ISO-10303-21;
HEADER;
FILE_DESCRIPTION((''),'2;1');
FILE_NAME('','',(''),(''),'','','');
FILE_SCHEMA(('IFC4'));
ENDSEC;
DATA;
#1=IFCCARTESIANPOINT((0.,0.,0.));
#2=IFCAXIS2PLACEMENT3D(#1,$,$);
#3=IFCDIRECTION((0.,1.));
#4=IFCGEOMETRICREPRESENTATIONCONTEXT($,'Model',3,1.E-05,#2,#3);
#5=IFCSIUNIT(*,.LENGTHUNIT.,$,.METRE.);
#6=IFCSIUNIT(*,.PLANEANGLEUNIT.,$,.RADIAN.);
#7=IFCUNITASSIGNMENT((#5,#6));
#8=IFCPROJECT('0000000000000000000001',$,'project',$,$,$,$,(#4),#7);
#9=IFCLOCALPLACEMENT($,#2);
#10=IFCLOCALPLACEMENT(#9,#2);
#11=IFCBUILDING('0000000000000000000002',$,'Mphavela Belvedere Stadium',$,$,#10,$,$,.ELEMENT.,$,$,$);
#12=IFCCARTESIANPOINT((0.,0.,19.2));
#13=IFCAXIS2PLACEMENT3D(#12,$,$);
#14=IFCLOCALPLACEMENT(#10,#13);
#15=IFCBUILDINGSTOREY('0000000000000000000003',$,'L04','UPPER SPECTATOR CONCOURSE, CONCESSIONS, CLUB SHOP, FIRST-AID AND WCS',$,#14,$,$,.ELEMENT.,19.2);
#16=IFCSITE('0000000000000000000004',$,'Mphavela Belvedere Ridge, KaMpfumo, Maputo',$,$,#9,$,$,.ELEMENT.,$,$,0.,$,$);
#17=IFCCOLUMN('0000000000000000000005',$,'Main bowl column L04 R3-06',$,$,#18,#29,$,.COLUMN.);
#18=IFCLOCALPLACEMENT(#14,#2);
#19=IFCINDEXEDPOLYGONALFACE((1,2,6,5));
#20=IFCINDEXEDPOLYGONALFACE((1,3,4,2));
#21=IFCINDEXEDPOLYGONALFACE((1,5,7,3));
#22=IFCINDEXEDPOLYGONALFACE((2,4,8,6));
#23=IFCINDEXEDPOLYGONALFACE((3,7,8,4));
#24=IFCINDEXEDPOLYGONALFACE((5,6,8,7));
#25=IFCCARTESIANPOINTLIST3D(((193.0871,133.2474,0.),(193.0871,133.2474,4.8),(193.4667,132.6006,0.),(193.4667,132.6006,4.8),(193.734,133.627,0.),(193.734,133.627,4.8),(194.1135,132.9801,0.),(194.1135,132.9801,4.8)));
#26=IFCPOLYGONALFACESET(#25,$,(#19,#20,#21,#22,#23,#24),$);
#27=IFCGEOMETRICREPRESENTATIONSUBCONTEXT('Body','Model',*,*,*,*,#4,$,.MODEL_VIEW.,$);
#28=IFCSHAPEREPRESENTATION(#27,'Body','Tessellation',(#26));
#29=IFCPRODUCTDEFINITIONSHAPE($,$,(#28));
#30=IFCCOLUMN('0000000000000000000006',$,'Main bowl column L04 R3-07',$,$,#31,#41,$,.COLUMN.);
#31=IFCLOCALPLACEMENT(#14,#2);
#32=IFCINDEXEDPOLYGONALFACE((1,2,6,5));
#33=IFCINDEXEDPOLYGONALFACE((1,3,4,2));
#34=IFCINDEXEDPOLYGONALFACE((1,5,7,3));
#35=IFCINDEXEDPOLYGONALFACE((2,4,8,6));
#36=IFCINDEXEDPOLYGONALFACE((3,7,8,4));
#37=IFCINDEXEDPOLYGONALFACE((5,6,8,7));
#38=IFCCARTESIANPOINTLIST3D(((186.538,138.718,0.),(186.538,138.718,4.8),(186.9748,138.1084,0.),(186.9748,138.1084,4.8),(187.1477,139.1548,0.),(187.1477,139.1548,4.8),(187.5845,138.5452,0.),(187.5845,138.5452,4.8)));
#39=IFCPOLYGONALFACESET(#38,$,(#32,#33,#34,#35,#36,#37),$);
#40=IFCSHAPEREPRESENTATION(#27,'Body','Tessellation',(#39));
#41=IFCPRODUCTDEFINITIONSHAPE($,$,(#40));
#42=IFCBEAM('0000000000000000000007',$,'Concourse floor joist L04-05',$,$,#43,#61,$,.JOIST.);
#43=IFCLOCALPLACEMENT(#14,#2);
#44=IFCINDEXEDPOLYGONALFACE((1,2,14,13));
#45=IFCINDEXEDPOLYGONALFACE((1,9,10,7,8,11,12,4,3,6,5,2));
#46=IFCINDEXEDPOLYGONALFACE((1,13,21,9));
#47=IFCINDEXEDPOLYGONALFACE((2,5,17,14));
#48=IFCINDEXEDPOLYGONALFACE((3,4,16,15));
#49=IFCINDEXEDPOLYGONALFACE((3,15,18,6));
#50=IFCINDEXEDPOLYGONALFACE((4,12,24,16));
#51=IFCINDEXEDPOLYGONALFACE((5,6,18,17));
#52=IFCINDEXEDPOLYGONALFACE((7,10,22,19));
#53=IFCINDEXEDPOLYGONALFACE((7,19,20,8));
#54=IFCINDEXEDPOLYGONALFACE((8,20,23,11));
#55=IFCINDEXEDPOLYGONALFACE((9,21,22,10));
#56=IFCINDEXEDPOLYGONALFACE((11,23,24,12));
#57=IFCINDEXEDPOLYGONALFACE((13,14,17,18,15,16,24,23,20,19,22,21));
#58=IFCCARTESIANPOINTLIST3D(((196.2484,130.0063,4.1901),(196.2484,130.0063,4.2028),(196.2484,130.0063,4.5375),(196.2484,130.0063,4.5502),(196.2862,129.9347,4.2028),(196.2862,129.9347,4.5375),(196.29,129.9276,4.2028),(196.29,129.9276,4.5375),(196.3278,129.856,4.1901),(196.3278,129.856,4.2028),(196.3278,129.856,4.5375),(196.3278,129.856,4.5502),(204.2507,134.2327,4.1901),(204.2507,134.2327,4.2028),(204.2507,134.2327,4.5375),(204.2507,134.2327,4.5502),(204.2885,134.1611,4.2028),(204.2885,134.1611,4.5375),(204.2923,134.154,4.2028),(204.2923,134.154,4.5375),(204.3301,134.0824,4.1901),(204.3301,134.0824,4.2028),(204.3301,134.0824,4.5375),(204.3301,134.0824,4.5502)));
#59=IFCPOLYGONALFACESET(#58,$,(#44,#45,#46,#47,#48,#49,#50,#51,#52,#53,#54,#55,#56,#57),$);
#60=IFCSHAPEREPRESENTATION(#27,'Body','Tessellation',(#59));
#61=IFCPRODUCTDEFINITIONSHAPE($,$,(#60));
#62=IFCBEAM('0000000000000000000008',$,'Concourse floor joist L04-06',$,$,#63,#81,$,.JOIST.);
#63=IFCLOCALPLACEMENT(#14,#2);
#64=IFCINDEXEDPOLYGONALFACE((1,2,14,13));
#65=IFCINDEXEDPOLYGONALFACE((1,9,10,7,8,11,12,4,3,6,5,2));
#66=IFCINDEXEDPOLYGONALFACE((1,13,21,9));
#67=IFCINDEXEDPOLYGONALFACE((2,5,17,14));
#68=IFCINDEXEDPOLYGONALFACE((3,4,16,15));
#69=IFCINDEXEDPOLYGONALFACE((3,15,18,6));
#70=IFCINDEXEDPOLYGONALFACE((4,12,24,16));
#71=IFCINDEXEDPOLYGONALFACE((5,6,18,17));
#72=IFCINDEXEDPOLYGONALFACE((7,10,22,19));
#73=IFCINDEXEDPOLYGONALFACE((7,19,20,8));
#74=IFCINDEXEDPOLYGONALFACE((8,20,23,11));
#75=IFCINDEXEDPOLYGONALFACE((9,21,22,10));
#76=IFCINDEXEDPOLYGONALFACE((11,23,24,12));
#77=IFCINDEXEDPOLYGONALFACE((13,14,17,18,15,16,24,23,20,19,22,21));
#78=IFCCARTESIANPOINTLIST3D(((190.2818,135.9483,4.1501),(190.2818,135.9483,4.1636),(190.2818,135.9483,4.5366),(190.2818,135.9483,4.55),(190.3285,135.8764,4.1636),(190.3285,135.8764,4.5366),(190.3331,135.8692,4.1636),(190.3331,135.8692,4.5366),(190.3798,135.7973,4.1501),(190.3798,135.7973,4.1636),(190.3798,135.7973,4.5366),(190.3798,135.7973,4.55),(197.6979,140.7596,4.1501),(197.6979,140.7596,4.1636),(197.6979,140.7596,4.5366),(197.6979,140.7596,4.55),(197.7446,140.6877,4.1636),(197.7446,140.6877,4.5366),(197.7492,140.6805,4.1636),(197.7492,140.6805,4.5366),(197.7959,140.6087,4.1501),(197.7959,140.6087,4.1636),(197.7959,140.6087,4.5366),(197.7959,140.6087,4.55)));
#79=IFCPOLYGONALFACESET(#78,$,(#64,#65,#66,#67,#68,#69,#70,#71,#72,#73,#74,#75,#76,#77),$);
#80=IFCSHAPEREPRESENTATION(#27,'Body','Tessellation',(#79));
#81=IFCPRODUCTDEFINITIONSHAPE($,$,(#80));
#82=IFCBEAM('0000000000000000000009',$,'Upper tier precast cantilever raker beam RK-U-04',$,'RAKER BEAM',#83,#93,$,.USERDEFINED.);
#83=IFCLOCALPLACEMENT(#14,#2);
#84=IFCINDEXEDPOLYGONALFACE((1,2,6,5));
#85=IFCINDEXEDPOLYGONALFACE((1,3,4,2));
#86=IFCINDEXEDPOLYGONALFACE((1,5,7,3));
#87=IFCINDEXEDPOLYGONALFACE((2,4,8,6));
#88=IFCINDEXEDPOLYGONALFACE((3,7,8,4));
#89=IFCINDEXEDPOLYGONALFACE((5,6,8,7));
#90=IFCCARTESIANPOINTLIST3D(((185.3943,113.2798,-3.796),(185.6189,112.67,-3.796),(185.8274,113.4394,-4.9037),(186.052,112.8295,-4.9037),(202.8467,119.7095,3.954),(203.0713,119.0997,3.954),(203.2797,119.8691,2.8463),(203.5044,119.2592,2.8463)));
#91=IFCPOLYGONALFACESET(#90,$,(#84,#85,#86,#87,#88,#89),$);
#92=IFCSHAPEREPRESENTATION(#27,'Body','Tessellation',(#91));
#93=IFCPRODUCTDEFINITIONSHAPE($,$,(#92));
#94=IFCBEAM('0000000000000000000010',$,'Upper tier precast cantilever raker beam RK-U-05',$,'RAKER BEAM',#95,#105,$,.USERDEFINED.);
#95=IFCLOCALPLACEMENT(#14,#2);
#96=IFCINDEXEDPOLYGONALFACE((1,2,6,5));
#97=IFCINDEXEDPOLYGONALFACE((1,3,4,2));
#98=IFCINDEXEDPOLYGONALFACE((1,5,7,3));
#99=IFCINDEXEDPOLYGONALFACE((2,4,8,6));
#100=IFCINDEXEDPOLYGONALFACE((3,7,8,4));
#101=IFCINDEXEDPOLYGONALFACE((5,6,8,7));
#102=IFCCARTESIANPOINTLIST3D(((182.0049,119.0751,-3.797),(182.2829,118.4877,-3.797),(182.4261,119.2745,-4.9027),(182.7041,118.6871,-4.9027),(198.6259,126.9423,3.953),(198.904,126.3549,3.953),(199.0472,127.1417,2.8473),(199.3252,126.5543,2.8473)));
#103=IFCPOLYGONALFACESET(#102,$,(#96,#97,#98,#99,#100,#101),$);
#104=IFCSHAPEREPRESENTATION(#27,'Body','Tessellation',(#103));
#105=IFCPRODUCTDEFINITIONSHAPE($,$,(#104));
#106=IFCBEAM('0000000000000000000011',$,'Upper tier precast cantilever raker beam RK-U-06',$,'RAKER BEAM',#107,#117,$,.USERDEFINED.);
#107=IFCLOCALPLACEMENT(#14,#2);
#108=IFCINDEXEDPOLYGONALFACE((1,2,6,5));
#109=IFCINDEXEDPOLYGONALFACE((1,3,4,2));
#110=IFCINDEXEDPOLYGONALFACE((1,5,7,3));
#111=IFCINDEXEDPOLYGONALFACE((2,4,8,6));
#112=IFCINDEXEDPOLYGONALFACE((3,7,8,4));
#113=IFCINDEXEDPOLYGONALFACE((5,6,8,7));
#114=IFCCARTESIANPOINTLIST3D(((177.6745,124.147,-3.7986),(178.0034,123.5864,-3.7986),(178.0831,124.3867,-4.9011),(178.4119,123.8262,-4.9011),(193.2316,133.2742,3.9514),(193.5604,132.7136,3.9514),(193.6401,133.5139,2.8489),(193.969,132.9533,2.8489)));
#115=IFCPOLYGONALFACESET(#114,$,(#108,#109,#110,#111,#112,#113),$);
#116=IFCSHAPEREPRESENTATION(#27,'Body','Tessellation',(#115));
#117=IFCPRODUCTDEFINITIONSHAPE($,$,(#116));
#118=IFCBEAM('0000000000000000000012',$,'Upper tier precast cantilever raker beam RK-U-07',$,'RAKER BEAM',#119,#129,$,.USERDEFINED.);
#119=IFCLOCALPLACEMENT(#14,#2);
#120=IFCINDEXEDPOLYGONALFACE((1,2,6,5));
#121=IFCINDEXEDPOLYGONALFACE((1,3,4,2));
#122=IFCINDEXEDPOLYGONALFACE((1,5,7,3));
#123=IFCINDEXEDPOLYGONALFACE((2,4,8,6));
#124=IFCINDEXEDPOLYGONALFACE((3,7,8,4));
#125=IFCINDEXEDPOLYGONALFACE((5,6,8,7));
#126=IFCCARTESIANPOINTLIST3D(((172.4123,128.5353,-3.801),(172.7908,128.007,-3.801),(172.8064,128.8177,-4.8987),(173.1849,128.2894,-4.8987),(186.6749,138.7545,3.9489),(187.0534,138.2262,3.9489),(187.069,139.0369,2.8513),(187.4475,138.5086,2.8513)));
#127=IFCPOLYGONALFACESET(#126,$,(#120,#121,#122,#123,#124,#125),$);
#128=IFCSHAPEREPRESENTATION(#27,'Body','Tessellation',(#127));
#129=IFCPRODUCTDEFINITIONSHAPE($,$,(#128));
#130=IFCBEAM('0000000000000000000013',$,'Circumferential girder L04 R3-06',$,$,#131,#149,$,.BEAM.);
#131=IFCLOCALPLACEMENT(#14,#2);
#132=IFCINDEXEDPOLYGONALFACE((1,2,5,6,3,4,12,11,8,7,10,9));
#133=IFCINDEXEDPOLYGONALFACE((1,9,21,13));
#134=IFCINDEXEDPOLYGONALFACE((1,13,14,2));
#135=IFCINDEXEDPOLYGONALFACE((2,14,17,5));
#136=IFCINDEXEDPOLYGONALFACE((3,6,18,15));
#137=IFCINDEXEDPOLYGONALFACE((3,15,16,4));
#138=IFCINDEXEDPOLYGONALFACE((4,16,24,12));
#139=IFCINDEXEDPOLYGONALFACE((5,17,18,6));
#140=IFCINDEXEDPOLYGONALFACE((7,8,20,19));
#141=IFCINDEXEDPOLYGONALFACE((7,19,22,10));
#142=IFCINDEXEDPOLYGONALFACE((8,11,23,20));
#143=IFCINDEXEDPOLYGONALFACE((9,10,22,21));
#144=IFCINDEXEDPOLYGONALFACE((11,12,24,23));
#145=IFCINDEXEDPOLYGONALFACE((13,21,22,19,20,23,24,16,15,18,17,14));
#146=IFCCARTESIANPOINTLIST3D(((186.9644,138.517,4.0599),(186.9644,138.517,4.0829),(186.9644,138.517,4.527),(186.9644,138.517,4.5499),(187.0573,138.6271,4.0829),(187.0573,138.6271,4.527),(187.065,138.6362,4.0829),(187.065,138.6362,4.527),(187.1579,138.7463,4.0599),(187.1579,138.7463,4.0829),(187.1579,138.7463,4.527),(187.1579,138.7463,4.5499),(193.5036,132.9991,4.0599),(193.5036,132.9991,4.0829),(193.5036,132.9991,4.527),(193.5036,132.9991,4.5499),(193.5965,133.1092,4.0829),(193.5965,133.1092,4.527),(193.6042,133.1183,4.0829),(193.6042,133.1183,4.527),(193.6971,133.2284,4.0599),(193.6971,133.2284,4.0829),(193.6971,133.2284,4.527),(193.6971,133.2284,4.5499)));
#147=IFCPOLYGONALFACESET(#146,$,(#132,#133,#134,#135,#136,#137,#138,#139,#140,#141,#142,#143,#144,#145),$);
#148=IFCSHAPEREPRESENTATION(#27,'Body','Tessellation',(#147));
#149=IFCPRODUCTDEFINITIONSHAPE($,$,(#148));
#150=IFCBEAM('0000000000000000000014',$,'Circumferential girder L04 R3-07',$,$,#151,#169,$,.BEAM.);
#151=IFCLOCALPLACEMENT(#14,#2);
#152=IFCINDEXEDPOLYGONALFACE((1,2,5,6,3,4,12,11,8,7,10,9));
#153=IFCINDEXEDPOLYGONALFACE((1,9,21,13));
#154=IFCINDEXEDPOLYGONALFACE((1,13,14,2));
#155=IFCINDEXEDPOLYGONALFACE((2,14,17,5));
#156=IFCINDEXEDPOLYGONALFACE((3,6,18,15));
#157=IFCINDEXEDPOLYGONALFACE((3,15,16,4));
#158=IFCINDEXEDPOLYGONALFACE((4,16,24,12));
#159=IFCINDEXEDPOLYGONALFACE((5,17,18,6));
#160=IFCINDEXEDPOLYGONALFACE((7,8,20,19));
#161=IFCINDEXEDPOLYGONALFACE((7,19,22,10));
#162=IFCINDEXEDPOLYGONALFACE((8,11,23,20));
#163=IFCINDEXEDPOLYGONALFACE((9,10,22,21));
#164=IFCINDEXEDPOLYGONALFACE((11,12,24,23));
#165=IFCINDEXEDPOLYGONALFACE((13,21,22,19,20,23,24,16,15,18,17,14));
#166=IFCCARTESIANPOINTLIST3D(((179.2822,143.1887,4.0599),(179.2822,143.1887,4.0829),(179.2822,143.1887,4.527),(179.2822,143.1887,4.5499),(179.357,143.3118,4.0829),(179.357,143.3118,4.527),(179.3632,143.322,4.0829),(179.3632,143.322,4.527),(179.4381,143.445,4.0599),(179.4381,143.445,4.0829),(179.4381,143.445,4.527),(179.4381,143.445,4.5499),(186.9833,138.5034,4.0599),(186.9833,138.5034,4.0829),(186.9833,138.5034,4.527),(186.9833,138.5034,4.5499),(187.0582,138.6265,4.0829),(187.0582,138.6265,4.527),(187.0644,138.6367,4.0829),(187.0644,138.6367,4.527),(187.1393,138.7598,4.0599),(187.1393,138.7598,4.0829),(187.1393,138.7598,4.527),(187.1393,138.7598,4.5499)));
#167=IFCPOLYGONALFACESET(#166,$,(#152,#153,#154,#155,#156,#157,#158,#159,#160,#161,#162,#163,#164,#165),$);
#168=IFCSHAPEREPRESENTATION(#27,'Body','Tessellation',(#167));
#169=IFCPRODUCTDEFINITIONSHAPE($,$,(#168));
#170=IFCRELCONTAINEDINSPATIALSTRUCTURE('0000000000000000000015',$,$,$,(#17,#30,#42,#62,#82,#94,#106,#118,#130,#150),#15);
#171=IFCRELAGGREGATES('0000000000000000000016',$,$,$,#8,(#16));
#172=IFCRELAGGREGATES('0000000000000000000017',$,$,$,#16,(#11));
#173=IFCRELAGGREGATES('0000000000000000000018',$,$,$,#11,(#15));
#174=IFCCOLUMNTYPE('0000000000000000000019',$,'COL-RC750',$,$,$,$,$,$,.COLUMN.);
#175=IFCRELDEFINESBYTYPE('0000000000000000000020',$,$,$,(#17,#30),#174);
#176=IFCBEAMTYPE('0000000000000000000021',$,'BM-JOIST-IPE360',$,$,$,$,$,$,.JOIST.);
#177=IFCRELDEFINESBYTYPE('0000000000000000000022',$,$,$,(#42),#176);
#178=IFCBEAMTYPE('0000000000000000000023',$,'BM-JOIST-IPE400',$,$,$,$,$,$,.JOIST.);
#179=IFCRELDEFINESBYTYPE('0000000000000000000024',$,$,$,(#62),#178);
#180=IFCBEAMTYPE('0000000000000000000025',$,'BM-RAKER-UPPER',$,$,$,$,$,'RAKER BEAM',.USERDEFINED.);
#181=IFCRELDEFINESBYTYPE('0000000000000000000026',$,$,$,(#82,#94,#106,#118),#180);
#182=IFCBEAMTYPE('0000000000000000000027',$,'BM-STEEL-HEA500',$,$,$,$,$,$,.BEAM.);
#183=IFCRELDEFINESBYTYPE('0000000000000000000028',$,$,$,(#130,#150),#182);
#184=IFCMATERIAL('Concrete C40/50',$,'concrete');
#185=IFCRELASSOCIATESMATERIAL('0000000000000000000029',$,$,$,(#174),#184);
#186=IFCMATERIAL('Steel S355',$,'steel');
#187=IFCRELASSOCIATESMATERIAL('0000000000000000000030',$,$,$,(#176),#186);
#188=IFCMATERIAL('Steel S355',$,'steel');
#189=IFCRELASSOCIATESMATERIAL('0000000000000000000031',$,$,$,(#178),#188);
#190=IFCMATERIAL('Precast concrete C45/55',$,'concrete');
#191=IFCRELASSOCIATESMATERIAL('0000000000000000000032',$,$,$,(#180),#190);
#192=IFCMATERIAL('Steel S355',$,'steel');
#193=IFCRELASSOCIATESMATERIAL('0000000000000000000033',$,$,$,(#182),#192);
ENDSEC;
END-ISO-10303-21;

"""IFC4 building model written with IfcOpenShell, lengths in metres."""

from ifc_helpers import new_model, si_unit, direction, frame, origin, origin_2d, place, context, subcontext, project, spatial, rectangle, i_section, extrude, material, material_profile, profile_set, type_object, element, save


model = new_model("IFC4")

# Units and contexts
model_context = context("Model", 3, precision=1e-05, world=origin(), true_north=direction((0.0, 1.0)))
body_context = subcontext(model_context, "Body", "Model", "MODEL_VIEW")
ifc_project = project(units=[si_unit("LENGTHUNIT", "METRE"), si_unit("PLANEANGLEUNIT", "RADIAN")], contexts=[model_context])

# Site, building, storey
site_placement = place(None, origin())
site = spatial("IfcSite", under=ifc_project, at=site_placement, Name="Mphavela Belvedere Ridge, KaMpfumo, Maputo", CompositionType="ELEMENT", RefElevation=0.0)
building_placement = place(site_placement, origin())
building = spatial("IfcBuilding", under=site, at=building_placement, Name="Mphavela Belvedere Stadium", CompositionType="ELEMENT")
storey_placement = place(building_placement, frame((0.0, 0.0, 19.2)))
storey = spatial("IfcBuildingStorey", under=building, at=storey_placement, Name="L04", Description="UPPER SPECTATOR CONCOURSE, CONCESSIONS, CLUB SHOP, FIRST-AID AND WCS", CompositionType="ELEMENT", Elevation=19.2)

# Columns
ifc_material_1 = material(Name="Concrete C40/50", Category="concrete")
ifc_material_profile_1 = material_profile(ifc_material_1, rectangle(XDim=0.75, YDim=0.75, at=origin_2d()), Name="RC 750x750")
ifc_profile_set_1 = profile_set([ifc_material_profile_1], Name="Concrete C40/50")
column_type = type_object("IfcColumnType", Name="COL-RC750", PredefinedType="COLUMN", material=ifc_profile_set_1)
for number, where, z_axis, x_axis, name in (
    (1, (193.6003, 133.1138, 0.0), (0.0, 0.0, 1.0), (0.862514, 0.506034, 0.0), "Main bowl column L04 R3-06"),
    (2, (187.0613, 138.6316, 0.0), (0.0, 0.0, 1.0), (0.812898, 0.582407, 0.0), "Main bowl column L04 R3-07"),
):
    element("IfcColumn", number, at=place(storey_placement, frame(where, z_axis=z_axis, x_axis=x_axis)), inside=storey, type_object=column_type, Name=name, PredefinedType="COLUMN", context=body_context, shape_type="SweptSolid", body=[
        extrude(rectangle(XDim=0.75, YDim=0.75, at=origin_2d()), origin(), (0.0, 0.0, 1.0), 4.8),
    ])

# Beams
ifc_material_2 = material(Name="Steel S355", Category="steel")
ifc_material_profile_2 = material_profile(ifc_material_2, i_section(OverallWidth=0.1699, OverallDepth=0.3601, WebThickness=0.0081, FlangeThickness=0.0127, at=origin_2d()), Name="IPE 360")
ifc_profile_set_2 = profile_set([ifc_material_profile_2], Name="Steel S355")
beam_type_1 = type_object("IfcBeamType", Name="BM-JOIST-IPE360", PredefinedType="JOIST", material=ifc_profile_set_2)
beam_1_placement = place(storey_placement, frame((196.2881, 129.9312, 4.3701), z_axis=(0.884251, 0.467012, 0.0), x_axis=(-0.467012, 0.884251, 0.0)))
element("IfcBeam", 3, at=beam_1_placement, inside=storey, type_object=beam_type_1, Name="Concourse floor joist L04-05", PredefinedType="JOIST", context=body_context, shape_type="SweptSolid", body=[
    extrude(i_section(OverallWidth=0.1699, OverallDepth=0.3601, WebThickness=0.0081, FlangeThickness=0.0127, at=origin_2d()), origin(), (0.0, 0.0, 1.0), 9.0498),
])
ifc_material_3 = material(Name="Steel S355", Category="steel")
ifc_material_profile_3 = material_profile(ifc_material_3, i_section(OverallWidth=0.1799, OverallDepth=0.3999, WebThickness=0.0085, FlangeThickness=0.0134, at=origin_2d()), Name="IPE 400")
ifc_profile_set_3 = profile_set([ifc_material_profile_3], Name="Steel S355")
beam_type_2 = type_object("IfcBeamType", Name="BM-JOIST-IPE400", PredefinedType="JOIST", material=ifc_profile_set_3)
beam_2_placement = place(storey_placement, frame((190.3308, 135.8728, 4.3501), z_axis=(0.838915, 0.544262, 0.0), x_axis=(-0.544262, 0.838915, 0.0)))
element("IfcBeam", 4, at=beam_2_placement, inside=storey, type_object=beam_type_2, Name="Concourse floor joist L04-06", PredefinedType="JOIST", context=body_context, shape_type="SweptSolid", body=[
    extrude(i_section(OverallWidth=0.1799, OverallDepth=0.3999, WebThickness=0.0085, FlangeThickness=0.0134, at=origin_2d()), origin(), (0.0, 0.0, 1.0), 8.8401),
])
ifc_material_4 = material(Name="Precast concrete C45/55", Category="concrete")
ifc_material_profile_4 = material_profile(ifc_material_4, rectangle(XDim=0.6499, YDim=1.2, at=origin_2d()), Name="PC 650x1200")
ifc_profile_set_4 = profile_set([ifc_material_profile_4], Name="Precast concrete C45/55")
beam_type_3 = type_object("IfcBeamType", Name="BM-RAKER-UPPER", ElementType="RAKER BEAM", PredefinedType="USERDEFINED", material=ifc_profile_set_4)
beam_3_placement = place(storey_placement, frame((185.7231, 113.0547, -4.3499), z_axis=(0.866159, 0.319104, 0.384631), x_axis=(-0.345699, 0.938346, 0.0)))
element("IfcBeam", 5, at=beam_3_placement, inside=storey, type_object=beam_type_3, Name="Upper tier precast cantilever raker beam RK-U-04", ObjectType="RAKER BEAM", PredefinedType="USERDEFINED", context=body_context, shape_type="SweptSolid", body=[
    extrude(rectangle(XDim=0.6499, YDim=1.2, at=origin_2d()), origin(), (0.0, 0.0, 1.0), 20.1492),
])
beam_4_placement = place(storey_placement, frame((182.3545, 118.8811, -4.3499), z_axis=(0.832914, 0.39424, 0.388367), x_axis=(-0.427822, 0.903863, 0.0)))
element("IfcBeam", 6, at=beam_4_placement, inside=storey, type_object=beam_type_3, Name="Upper tier precast cantilever raker beam RK-U-05", ObjectType="RAKER BEAM", PredefinedType="USERDEFINED", context=body_context, shape_type="SweptSolid", body=[
    extrude(rectangle(XDim=0.6499, YDim=1.2, at=origin_2d()), origin(), (0.0, 0.0, 1.0), 19.9553),
])
beam_5_placement = place(storey_placement, frame((178.0432, 123.9866, -4.3499), z_axis=(0.792461, 0.464928, 0.394775), x_axis=(-0.506029, 0.862516, 0.0)))
element("IfcBeam", 7, at=beam_5_placement, inside=storey, type_object=beam_type_3, Name="Upper tier precast cantilever raker beam RK-U-06", ObjectType="RAKER BEAM", PredefinedType="USERDEFINED", context=body_context, shape_type="SweptSolid", body=[
    extrude(rectangle(XDim=0.6499, YDim=1.2, at=origin_2d()), origin(), (0.0, 0.0, 1.0), 19.6313),
])
beam_6_placement = place(storey_placement, frame((172.7986, 128.4124, -4.3499), z_axis=(0.743575, 0.532773, 0.404041), x_axis=(-0.58243, 0.812881, 0.0)))
element("IfcBeam", 8, at=beam_6_placement, inside=storey, type_object=beam_type_3, Name="Upper tier precast cantilever raker beam RK-U-07", ObjectType="RAKER BEAM", PredefinedType="USERDEFINED", context=body_context, shape_type="SweptSolid", body=[
    extrude(rectangle(XDim=0.6499, YDim=1.2, at=origin_2d()), origin(), (0.0, 0.0, 1.0), 19.1812),
])
ifc_material_5 = material(Name="Steel S355", Category="steel")
ifc_material_profile_5 = material_profile(ifc_material_5, i_section(OverallWidth=0.3, OverallDepth=0.49, WebThickness=0.012, FlangeThickness=0.0229, at=origin_2d()), Name="HEA 500")
ifc_profile_set_5 = profile_set([ifc_material_profile_5], Name="Steel S355")
beam_type_4 = type_object("IfcBeamType", Name="BM-STEEL-HEA500", PredefinedType="BEAM", material=ifc_profile_set_5)
beam_7_placement = place(storey_placement, frame((193.6003, 133.1138, 4.3049), z_axis=(-0.764263, 0.644904, 0.0), x_axis=(-0.644904, -0.764263, 0.0)))
element("IfcBeam", 9, at=beam_7_placement, inside=storey, type_object=beam_type_4, Name="Circumferential girder L04 R3-06", PredefinedType="BEAM", context=body_context, shape_type="SweptSolid", body=[
    extrude(i_section(OverallWidth=0.3, OverallDepth=0.49, WebThickness=0.012, FlangeThickness=0.0229, at=origin_2d()), origin(), (0.0, 0.0, 1.0), 8.5562),
])
beam_8_placement = place(storey_placement, frame((187.0613, 138.6316, 4.3049), z_axis=(-0.854315, 0.519755, 0.0), x_axis=(-0.519755, -0.854315, 0.0)))
element("IfcBeam", 10, at=beam_8_placement, inside=storey, type_object=beam_type_4, Name="Circumferential girder L04 R3-07", PredefinedType="BEAM", context=body_context, shape_type="SweptSolid", body=[
    extrude(i_section(OverallWidth=0.3, OverallDepth=0.49, WebThickness=0.012, FlangeThickness=0.0229, at=origin_2d()), origin(), (0.0, 0.0, 1.0), 9.0144),
])

save(model, "model.ifc")
